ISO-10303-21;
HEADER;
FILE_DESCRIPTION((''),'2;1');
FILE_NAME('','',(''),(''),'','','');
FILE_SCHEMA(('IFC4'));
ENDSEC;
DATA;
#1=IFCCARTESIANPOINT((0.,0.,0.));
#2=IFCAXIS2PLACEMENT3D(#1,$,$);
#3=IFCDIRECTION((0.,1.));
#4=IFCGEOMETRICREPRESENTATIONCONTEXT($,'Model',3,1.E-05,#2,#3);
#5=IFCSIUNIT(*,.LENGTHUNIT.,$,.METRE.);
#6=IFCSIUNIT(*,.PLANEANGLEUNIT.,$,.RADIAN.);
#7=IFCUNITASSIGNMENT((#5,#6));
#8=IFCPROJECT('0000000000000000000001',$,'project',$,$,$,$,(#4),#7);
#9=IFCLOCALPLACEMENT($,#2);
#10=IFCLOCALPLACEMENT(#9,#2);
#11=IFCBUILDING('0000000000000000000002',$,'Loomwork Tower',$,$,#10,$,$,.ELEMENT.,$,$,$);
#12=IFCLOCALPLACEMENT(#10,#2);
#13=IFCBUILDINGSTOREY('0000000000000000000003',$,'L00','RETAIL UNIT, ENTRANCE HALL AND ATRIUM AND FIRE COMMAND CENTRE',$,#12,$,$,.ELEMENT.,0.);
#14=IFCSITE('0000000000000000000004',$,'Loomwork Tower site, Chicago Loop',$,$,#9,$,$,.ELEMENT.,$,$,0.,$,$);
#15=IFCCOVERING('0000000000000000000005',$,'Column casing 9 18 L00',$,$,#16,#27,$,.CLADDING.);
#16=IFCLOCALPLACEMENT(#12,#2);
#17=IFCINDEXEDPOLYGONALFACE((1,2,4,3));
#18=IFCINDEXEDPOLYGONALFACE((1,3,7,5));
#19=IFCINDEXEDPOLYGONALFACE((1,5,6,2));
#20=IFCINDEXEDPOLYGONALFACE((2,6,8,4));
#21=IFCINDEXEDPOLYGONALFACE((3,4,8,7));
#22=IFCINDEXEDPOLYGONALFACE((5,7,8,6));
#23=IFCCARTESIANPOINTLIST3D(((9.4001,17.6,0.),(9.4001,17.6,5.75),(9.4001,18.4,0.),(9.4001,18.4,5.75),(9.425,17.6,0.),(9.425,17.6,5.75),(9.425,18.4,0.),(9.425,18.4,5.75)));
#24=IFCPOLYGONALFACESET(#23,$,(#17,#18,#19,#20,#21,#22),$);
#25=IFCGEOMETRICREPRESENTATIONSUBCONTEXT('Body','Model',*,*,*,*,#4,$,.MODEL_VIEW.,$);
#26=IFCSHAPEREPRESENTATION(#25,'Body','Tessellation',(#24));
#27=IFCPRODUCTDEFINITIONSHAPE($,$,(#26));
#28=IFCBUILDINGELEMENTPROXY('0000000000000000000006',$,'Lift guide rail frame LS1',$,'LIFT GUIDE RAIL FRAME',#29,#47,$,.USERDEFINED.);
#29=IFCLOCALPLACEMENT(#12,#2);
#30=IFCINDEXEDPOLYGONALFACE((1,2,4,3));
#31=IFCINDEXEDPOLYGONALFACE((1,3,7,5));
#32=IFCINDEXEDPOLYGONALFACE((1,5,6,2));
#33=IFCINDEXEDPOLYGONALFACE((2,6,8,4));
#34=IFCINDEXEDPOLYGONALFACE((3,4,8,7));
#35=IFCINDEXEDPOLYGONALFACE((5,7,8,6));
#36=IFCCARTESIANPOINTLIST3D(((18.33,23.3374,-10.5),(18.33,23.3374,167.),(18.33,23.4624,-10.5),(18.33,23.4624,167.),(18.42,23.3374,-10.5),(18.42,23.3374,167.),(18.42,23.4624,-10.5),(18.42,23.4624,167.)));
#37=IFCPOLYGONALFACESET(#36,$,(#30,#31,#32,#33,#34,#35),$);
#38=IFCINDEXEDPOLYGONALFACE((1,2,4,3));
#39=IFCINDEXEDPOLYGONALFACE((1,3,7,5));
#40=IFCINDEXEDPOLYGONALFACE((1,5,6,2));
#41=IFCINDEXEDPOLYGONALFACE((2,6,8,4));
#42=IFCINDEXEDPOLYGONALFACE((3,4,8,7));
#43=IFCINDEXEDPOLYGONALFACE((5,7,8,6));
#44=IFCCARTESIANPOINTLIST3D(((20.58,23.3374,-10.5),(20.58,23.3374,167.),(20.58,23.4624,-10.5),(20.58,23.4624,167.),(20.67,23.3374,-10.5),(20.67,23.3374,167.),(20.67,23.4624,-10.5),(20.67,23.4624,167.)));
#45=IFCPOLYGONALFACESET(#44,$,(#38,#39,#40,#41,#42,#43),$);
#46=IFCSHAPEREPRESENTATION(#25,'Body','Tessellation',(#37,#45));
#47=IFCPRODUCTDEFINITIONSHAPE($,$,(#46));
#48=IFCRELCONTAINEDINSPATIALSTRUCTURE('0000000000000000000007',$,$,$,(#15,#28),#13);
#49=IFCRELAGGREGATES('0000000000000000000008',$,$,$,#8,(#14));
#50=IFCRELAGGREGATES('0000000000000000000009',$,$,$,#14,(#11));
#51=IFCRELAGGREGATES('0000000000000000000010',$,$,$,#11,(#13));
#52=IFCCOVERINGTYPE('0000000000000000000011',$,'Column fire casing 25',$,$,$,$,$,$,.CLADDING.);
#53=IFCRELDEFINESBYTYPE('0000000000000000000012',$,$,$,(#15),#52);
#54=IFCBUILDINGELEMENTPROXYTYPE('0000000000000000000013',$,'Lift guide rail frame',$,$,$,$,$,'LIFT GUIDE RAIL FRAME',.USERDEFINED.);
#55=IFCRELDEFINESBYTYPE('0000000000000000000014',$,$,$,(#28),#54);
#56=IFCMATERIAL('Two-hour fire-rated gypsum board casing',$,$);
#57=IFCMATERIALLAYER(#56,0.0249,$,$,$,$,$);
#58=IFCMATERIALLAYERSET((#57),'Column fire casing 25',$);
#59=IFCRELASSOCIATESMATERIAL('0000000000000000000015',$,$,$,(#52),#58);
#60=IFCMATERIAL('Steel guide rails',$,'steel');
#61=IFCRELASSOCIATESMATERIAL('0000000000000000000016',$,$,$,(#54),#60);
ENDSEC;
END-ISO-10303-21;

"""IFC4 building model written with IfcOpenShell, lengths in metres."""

from ifc_helpers import new_model, si_unit, direction, frame, frame_2d, origin, origin_2d, place, context, subcontext, project, spatial, rectangle, extrude, material, layer, layer_set, type_object, element, save


model = new_model("IFC4")

# Units and contexts
model_context = context("Model", 3, precision=1e-05, world=origin(), true_north=direction((0.0, 1.0)))
body_context = subcontext(model_context, "Body", "Model", "MODEL_VIEW")
ifc_project = project(units=[si_unit("LENGTHUNIT", "METRE"), si_unit("PLANEANGLEUNIT", "RADIAN")], contexts=[model_context])

# Site, building, storey
site_placement = place(None, origin())
site = spatial("IfcSite", under=ifc_project, at=site_placement, Name="Loomwork Tower site, Chicago Loop", CompositionType="ELEMENT", RefElevation=0.0)
building_placement = place(site_placement, origin())
building = spatial("IfcBuilding", under=site, at=building_placement, Name="Loomwork Tower", CompositionType="ELEMENT")
storey_placement = place(building_placement, origin())
storey = spatial("IfcBuildingStorey", under=building, at=storey_placement, Name="L00", Description="RETAIL UNIT, ENTRANCE HALL AND ATRIUM AND FIRE COMMAND CENTRE", CompositionType="ELEMENT", Elevation=0.0)

# Covering
ifc_material_1 = material(Name="Two-hour fire-rated gypsum board casing")
ifc_layer = layer(ifc_material_1, 0.0249)
ifc_layer_set = layer_set([ifc_layer], Name="Column fire casing 25")
covering_type = type_object("IfcCoveringType", Name="Column fire casing 25", PredefinedType="CLADDING", material=ifc_layer_set)
covering_placement = place(storey_placement, frame((9.4126, 18.0, 0.0), z_axis=(0.0, 0.0, 1.0), x_axis=(1.0, 0.0, 0.0)))
element("IfcCovering", 1, at=covering_placement, inside=storey, type_object=covering_type, Name="Column casing 9 18 L00", PredefinedType="CLADDING", context=body_context, shape_type="SweptSolid", body=[
    extrude(rectangle(XDim=0.0249, YDim=0.8, at=origin_2d()), origin(), (0.0, 0.0, 1.0), 5.75),
])

# Building element proxy
ifc_material_2 = material(Name="Steel guide rails", Category="steel")
building_element_proxy_type = type_object("IfcBuildingElementProxyType", Name="Lift guide rail frame", ElementType="LIFT GUIDE RAIL FRAME", PredefinedType="USERDEFINED", material=ifc_material_2)
proxy_placement = place(storey_placement, frame((19.5, 23.3999, -10.5), z_axis=(0.0, 0.0, 1.0), x_axis=(1.0, 0.0, 0.0)))
element("IfcBuildingElementProxy", 2, at=proxy_placement, inside=storey, type_object=building_element_proxy_type, Name="Lift guide rail frame LS1", ObjectType="LIFT GUIDE RAIL FRAME", PredefinedType="USERDEFINED", context=body_context, shape_type="SweptSolid", body=[
    extrude(rectangle(XDim=0.0901, YDim=0.125, at=frame_2d((-1.125, 0.0))), origin(), (0.0, 0.0, 1.0), 177.5),
    extrude(rectangle(XDim=0.0901, YDim=0.125, at=frame_2d((1.125, 0.0))), origin(), (0.0, 0.0, 1.0), 177.5),
])

save(model, "model.ifc")
